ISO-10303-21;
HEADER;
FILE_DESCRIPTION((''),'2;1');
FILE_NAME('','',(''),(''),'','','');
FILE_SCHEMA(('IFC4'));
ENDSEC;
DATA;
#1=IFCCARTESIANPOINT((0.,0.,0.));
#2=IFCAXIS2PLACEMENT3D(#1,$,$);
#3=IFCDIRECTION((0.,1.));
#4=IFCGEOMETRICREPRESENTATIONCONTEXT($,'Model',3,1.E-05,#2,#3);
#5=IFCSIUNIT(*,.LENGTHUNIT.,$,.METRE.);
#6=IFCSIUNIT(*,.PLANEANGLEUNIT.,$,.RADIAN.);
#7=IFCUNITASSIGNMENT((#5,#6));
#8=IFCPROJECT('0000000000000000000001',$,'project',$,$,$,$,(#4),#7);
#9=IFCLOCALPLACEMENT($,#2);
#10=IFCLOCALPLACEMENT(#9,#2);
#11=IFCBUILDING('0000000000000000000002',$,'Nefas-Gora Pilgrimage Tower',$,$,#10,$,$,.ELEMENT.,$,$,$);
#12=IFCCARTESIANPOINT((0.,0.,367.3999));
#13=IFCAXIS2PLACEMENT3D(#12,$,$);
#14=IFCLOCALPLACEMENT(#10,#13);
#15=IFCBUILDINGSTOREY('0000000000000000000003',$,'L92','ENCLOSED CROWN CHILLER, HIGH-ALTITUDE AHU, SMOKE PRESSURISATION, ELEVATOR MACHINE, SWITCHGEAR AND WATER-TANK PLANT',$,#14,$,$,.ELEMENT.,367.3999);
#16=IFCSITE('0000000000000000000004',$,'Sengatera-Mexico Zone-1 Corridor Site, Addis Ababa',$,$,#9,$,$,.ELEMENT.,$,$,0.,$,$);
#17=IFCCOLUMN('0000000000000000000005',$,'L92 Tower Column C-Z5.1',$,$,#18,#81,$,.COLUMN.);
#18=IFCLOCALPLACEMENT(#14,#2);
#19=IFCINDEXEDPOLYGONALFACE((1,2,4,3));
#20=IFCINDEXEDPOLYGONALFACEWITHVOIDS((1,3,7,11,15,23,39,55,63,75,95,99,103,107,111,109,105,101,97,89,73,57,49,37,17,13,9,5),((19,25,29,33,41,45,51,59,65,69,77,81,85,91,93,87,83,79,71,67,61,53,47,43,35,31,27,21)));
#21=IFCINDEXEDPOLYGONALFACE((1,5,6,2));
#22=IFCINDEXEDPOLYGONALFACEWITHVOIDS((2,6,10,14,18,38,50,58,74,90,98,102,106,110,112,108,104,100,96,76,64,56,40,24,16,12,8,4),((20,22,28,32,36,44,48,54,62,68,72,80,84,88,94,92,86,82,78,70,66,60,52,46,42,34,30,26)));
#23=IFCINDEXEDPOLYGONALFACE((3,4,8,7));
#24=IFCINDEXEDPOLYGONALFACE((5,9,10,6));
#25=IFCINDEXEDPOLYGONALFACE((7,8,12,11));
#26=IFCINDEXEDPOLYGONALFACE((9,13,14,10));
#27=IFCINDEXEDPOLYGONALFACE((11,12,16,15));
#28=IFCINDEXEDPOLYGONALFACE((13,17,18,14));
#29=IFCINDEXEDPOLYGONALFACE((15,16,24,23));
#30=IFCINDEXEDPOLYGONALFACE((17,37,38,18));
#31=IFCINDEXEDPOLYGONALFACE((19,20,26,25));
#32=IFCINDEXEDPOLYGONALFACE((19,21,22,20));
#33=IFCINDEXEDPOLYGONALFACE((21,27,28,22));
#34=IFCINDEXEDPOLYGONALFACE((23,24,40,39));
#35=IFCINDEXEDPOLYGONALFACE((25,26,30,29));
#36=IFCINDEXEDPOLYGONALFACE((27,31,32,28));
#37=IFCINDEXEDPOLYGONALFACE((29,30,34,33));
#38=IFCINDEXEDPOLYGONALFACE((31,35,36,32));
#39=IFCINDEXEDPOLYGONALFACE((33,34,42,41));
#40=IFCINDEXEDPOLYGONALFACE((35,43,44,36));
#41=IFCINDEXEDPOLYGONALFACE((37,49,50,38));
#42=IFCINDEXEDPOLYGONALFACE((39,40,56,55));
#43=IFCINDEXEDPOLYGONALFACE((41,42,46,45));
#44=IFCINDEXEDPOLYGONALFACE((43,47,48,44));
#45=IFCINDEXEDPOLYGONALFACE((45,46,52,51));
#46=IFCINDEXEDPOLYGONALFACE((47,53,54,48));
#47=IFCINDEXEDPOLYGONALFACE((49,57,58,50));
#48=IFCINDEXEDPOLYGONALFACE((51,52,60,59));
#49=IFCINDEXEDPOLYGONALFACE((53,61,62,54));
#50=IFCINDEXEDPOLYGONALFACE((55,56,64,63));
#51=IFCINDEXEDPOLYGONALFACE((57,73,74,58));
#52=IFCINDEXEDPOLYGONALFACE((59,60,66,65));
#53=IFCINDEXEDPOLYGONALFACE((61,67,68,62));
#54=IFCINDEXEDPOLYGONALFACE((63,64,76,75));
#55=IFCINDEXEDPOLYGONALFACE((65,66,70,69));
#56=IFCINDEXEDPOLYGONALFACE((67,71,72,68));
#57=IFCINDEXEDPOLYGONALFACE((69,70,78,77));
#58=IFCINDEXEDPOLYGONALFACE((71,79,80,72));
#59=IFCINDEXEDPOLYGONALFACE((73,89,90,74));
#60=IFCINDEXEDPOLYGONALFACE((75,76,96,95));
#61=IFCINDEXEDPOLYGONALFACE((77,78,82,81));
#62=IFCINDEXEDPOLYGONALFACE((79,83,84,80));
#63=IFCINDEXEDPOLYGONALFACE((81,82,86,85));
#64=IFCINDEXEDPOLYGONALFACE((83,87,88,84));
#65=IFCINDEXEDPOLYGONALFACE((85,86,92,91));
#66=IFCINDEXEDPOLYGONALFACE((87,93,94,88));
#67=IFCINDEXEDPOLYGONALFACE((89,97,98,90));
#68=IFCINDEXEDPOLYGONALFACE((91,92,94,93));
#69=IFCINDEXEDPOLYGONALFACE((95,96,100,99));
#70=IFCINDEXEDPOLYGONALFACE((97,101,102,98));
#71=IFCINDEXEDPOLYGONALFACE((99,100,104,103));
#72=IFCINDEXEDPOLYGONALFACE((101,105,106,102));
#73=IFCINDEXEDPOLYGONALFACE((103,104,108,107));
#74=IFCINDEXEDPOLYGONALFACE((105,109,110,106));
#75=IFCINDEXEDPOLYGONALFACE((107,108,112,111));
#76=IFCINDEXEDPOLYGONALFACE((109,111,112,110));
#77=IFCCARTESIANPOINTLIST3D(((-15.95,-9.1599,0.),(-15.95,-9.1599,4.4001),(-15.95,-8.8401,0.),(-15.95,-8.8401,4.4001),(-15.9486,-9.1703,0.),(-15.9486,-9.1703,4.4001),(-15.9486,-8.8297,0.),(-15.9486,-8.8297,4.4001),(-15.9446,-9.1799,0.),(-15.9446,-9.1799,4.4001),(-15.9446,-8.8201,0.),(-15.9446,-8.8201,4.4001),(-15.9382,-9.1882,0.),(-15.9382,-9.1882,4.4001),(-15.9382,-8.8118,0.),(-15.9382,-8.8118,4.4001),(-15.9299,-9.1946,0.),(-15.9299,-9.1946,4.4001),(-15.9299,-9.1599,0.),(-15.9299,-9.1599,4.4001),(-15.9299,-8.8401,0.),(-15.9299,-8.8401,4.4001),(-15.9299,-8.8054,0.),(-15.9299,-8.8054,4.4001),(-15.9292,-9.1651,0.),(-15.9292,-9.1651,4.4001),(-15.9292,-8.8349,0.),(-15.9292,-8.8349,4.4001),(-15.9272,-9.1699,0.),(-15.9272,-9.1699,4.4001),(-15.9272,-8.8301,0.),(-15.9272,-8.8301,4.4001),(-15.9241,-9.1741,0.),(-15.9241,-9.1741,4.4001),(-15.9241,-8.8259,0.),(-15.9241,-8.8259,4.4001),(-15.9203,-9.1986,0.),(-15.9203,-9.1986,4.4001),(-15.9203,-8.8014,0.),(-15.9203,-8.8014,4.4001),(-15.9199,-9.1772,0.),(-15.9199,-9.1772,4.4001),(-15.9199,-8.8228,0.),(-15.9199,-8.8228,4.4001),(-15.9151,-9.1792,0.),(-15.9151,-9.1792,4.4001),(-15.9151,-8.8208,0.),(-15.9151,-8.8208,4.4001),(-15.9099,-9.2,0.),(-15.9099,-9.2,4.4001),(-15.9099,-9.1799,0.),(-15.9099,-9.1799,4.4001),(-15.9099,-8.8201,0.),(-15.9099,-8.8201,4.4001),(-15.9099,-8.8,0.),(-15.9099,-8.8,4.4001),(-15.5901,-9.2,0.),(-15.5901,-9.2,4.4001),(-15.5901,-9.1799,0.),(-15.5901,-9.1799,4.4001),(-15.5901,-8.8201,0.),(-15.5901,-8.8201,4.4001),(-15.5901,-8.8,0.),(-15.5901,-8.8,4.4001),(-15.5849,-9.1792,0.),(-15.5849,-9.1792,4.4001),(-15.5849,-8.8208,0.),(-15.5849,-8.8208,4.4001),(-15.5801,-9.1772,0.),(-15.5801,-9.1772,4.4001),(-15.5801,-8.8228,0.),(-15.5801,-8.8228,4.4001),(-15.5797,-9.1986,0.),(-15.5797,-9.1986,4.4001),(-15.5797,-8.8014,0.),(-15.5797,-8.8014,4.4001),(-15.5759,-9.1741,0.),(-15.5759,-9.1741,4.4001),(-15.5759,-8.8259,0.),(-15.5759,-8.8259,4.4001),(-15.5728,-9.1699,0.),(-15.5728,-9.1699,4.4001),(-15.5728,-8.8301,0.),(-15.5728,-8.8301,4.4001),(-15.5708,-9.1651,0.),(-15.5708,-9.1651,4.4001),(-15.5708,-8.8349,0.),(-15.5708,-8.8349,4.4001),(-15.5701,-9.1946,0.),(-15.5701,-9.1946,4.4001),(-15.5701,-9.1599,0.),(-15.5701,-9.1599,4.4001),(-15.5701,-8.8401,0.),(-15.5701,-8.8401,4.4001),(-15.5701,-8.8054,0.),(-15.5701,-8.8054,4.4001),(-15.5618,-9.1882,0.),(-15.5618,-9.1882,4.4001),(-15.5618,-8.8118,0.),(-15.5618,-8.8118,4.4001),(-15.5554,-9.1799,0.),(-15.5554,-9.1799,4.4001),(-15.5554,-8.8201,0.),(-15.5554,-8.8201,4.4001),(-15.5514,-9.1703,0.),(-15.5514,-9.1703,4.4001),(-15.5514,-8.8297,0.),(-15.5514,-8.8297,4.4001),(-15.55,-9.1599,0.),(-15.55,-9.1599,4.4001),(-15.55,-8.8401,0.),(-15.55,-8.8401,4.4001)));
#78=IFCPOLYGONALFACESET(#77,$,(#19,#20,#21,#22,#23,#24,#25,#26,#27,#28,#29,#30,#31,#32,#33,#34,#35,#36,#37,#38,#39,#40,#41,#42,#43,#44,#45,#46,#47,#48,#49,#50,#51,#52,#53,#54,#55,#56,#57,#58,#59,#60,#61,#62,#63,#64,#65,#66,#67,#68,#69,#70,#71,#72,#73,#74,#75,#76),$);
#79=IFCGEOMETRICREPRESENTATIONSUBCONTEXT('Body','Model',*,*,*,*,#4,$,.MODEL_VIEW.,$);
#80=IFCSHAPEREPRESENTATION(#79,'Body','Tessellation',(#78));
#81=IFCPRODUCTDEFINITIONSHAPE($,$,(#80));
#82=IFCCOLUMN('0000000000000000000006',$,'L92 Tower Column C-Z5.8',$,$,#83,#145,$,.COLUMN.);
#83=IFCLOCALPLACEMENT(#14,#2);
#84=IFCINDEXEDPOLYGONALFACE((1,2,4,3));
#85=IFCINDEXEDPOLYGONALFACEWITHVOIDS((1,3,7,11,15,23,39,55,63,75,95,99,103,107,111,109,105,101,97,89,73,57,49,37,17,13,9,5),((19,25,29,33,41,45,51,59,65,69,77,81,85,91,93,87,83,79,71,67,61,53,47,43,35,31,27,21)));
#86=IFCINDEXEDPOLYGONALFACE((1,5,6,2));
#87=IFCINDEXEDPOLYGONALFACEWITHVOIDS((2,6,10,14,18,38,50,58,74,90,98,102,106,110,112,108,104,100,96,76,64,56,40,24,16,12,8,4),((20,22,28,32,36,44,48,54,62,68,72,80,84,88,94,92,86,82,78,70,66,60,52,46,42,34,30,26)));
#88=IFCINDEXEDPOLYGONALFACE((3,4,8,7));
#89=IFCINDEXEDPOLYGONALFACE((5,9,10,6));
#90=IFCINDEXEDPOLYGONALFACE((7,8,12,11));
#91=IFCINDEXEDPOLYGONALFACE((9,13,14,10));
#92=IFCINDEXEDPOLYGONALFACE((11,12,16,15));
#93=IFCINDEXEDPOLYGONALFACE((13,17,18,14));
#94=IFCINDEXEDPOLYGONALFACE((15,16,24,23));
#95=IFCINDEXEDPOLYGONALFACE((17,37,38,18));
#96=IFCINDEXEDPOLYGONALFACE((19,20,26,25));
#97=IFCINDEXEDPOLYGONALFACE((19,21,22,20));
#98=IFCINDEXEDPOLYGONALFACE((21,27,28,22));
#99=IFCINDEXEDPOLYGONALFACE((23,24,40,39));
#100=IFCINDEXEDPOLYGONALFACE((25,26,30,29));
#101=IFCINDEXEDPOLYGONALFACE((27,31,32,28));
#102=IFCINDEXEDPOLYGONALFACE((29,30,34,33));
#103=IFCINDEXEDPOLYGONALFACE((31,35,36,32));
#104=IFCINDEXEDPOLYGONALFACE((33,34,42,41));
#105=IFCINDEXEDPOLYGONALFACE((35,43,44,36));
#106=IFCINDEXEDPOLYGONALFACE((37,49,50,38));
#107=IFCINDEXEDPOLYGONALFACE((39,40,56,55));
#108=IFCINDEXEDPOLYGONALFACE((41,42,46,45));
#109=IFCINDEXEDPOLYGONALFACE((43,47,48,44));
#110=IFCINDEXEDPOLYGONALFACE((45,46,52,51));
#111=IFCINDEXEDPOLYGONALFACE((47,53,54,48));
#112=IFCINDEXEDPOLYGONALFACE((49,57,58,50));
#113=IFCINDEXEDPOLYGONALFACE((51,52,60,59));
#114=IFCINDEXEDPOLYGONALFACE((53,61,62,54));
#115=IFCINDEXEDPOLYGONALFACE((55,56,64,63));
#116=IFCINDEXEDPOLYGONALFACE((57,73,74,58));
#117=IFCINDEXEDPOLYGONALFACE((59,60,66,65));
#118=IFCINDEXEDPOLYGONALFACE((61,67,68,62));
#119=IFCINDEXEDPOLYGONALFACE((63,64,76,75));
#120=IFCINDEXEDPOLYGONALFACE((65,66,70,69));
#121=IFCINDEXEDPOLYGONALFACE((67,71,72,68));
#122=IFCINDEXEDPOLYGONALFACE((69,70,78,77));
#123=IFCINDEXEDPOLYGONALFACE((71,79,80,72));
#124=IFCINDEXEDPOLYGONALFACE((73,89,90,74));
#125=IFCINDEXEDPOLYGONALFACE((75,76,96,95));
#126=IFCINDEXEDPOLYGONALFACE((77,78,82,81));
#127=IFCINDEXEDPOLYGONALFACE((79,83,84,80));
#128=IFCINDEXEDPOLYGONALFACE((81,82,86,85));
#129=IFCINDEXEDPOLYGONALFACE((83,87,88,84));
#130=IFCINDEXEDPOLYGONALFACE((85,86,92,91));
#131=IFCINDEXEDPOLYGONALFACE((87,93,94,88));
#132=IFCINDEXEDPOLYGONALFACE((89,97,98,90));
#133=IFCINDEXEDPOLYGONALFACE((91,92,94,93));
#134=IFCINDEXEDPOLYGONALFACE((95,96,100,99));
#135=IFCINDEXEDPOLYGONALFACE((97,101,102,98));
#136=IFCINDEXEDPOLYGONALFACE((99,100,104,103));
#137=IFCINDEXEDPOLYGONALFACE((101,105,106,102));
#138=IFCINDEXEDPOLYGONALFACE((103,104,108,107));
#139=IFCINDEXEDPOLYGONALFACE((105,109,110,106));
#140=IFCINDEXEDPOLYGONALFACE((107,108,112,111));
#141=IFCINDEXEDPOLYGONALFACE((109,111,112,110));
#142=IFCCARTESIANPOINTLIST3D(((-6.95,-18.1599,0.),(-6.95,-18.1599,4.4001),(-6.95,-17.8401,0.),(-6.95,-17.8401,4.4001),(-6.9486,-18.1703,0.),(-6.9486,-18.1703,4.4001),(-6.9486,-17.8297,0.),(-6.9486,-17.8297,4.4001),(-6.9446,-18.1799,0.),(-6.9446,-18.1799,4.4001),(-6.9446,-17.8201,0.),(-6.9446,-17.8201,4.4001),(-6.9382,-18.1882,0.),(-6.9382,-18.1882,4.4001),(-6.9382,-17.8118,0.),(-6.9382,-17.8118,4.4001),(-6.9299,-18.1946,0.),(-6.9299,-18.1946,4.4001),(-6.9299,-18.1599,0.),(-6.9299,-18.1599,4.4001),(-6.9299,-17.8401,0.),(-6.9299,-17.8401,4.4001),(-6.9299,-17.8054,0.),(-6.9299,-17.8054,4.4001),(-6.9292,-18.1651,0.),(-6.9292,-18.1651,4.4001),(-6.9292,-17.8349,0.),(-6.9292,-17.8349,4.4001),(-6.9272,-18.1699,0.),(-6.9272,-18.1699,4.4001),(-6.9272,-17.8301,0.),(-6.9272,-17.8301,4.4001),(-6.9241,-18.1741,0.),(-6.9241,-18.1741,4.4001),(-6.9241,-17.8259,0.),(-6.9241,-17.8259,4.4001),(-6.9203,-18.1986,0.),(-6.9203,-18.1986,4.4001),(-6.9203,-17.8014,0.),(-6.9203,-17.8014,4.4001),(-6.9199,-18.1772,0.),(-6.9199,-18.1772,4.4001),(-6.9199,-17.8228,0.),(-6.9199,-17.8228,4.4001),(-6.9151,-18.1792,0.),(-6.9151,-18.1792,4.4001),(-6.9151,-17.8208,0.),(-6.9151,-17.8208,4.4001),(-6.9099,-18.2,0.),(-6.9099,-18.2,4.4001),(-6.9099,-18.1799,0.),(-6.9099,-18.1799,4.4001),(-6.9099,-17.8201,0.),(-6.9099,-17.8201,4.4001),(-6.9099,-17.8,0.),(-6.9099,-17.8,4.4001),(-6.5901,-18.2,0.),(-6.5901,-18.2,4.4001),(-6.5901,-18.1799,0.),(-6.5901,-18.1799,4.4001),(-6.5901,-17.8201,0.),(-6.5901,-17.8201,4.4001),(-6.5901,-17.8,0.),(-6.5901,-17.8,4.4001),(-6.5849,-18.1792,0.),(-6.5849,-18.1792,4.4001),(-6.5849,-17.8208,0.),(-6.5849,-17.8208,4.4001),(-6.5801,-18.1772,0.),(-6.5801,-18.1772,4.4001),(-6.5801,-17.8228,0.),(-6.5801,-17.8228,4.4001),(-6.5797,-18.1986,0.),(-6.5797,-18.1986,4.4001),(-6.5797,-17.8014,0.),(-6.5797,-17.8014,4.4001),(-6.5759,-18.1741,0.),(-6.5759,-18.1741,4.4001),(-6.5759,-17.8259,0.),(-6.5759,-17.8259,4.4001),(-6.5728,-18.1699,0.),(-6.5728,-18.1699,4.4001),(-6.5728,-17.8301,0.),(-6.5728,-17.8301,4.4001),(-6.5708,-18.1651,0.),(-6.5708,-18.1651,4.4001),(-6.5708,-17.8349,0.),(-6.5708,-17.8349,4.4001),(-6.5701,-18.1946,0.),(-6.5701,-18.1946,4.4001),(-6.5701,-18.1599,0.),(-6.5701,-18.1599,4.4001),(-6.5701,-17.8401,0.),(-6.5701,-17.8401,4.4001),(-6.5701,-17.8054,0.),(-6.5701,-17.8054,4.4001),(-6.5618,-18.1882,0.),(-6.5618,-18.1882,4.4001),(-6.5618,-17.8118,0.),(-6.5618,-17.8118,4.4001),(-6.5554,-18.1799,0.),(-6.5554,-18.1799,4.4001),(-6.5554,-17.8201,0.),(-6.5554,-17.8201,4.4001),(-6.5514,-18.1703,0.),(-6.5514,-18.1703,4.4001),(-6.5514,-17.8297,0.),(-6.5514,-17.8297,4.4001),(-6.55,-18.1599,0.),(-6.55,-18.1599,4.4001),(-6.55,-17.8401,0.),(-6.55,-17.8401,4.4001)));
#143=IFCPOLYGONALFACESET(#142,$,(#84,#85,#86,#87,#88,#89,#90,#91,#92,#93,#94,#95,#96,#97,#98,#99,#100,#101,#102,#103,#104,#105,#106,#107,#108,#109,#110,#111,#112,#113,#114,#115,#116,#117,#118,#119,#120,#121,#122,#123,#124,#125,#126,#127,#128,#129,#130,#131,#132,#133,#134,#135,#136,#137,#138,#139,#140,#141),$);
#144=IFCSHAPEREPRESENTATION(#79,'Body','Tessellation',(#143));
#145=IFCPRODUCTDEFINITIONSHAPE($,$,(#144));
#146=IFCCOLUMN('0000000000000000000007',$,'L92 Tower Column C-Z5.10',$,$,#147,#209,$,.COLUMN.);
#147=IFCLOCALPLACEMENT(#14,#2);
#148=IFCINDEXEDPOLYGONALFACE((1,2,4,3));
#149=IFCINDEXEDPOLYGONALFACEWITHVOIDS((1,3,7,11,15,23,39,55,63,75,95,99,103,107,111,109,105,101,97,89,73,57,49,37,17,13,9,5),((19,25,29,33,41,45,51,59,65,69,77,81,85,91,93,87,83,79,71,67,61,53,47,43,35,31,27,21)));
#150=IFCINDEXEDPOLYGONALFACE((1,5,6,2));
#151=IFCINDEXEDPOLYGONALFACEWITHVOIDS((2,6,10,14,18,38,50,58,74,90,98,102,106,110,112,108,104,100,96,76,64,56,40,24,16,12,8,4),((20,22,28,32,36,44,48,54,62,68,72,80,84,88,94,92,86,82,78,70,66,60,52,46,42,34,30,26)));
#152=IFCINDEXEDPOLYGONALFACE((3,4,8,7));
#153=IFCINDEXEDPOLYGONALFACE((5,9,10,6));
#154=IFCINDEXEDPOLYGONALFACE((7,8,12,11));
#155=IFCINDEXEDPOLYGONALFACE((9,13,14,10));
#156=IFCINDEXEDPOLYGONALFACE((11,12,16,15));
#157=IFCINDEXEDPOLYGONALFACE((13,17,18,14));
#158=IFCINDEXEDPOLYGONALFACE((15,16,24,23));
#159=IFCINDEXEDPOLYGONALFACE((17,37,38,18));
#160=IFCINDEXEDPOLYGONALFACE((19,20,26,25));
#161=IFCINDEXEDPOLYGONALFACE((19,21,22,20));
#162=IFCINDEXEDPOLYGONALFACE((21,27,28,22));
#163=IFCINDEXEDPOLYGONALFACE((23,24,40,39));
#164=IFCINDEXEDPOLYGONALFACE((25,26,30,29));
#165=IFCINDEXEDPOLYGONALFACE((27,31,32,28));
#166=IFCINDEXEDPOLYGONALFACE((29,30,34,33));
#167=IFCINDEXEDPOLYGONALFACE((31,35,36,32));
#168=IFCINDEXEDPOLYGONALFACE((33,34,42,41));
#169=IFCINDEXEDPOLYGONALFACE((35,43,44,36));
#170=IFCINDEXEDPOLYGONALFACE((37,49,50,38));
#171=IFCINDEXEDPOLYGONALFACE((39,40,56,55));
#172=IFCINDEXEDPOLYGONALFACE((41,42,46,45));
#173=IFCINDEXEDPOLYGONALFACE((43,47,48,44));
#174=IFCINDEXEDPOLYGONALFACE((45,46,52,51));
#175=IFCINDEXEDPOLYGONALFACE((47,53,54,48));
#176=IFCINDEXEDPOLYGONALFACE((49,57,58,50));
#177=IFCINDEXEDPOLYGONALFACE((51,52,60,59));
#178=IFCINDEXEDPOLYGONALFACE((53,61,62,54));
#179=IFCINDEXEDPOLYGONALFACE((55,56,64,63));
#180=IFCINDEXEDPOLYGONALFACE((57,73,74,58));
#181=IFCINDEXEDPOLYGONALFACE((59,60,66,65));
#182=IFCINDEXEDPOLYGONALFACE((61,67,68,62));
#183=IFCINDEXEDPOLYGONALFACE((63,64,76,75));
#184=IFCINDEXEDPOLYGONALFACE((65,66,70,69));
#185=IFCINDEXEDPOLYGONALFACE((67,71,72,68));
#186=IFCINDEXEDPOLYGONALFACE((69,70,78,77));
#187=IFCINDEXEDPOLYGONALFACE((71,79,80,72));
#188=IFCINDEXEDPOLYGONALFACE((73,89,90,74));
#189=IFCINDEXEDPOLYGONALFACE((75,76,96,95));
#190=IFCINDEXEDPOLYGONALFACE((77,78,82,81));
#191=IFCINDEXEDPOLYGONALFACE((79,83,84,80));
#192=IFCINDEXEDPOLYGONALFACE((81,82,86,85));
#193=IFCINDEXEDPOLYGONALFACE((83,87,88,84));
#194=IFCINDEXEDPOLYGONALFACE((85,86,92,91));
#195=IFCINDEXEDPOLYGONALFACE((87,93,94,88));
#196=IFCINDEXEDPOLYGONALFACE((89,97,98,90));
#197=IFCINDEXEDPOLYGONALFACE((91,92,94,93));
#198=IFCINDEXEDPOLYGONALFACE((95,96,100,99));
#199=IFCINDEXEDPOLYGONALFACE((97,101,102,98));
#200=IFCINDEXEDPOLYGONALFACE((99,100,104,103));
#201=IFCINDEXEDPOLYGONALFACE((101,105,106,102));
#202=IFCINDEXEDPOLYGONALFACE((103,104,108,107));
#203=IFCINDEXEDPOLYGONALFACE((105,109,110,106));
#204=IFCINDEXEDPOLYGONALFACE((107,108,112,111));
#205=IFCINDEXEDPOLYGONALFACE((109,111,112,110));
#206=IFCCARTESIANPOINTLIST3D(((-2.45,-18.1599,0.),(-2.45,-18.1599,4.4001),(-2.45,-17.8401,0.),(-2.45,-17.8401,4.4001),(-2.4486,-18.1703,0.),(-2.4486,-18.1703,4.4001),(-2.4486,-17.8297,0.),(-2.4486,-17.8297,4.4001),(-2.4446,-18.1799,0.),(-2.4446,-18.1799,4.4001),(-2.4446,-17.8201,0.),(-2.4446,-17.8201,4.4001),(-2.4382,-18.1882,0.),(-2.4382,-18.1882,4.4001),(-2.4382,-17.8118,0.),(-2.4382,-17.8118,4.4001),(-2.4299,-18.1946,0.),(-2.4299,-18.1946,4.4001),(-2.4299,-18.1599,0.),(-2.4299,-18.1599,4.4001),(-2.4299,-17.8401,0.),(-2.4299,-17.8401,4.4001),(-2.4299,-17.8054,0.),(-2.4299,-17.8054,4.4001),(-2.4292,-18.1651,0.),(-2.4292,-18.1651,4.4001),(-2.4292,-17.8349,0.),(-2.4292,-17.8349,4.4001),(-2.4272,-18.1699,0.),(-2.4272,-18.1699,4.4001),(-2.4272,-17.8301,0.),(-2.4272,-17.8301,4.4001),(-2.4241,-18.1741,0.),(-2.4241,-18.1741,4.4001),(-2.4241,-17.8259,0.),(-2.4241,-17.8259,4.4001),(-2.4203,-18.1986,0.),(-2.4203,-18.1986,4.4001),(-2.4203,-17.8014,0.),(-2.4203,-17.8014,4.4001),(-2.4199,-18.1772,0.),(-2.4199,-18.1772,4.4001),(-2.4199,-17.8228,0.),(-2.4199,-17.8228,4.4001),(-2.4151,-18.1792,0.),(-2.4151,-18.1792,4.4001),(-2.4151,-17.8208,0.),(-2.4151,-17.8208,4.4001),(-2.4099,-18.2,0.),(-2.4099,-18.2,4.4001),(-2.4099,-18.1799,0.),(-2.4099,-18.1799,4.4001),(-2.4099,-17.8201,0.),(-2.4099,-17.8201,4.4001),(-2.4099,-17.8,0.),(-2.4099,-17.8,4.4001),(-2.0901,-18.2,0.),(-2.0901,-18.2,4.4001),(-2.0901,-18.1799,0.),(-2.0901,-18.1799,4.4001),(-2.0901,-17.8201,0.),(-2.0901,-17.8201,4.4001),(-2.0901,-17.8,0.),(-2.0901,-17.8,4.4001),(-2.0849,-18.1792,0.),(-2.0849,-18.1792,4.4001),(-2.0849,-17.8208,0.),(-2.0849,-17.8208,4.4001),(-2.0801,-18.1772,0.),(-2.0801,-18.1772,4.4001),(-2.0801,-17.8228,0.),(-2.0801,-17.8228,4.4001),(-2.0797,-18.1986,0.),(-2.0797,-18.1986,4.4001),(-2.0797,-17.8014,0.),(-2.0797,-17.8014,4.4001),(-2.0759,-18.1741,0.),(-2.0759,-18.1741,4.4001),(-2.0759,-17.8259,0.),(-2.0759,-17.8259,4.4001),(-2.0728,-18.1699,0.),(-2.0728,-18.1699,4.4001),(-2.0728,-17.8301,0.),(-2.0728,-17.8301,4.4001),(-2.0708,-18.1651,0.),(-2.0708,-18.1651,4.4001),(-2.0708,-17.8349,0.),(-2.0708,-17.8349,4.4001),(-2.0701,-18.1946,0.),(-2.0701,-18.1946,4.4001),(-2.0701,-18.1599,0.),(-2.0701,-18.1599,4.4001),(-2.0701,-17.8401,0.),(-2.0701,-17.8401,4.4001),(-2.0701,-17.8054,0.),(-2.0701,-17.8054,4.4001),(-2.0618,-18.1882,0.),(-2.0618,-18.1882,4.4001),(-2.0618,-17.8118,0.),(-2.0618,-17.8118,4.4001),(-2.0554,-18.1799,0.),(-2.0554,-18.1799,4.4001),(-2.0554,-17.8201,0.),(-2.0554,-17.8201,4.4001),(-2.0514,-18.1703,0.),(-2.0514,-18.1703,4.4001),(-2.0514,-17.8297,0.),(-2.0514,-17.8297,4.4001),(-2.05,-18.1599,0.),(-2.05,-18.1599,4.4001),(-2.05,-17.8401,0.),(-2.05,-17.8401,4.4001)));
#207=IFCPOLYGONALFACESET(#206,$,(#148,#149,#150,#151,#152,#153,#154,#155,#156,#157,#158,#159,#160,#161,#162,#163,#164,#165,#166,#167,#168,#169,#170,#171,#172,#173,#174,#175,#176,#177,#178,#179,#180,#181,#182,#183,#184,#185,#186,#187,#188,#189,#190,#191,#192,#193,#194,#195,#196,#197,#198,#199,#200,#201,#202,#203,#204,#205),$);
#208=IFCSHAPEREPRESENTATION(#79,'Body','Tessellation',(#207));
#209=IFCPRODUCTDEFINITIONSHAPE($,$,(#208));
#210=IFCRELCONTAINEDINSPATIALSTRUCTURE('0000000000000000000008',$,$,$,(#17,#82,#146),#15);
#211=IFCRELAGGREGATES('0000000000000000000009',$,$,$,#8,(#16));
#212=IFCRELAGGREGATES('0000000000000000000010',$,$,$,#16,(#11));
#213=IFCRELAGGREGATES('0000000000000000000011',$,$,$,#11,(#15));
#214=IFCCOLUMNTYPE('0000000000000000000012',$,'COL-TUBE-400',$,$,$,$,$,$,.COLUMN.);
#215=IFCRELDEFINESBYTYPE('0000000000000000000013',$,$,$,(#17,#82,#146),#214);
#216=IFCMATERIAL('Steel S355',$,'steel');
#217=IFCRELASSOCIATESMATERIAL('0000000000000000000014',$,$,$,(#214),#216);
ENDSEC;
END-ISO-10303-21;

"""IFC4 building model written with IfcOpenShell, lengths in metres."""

from ifc_helpers import new_model, si_unit, direction, frame, origin, origin_2d, place, context, subcontext, project, spatial, hollow_rectangle, extrude, source, transform, mapped, material, material_profile, profile_set, type_object, element, save


model = new_model("IFC4")

# Units and contexts
model_context = context("Model", 3, precision=1e-05, world=origin(), true_north=direction((0.0, 1.0)))
body_context = subcontext(model_context, "Body", "Model", "MODEL_VIEW")
ifc_project = project(units=[si_unit("LENGTHUNIT", "METRE"), si_unit("PLANEANGLEUNIT", "RADIAN")], contexts=[model_context])

# Site, building, storey
site_placement = place(None, origin())
site = spatial("IfcSite", under=ifc_project, at=site_placement, Name="Sengatera-Mexico Zone-1 Corridor Site, Addis Ababa", CompositionType="ELEMENT", RefElevation=0.0)
building_placement = place(site_placement, origin())
building = spatial("IfcBuilding", under=site, at=building_placement, Name="Nefas-Gora Pilgrimage Tower", CompositionType="ELEMENT")
storey_placement = place(building_placement, frame((0.0, 0.0, 367.3999)))
storey = spatial("IfcBuildingStorey", under=building, at=storey_placement, Name="L92", Description="ENCLOSED CROWN CHILLER, HIGH-ALTITUDE AHU, SMOKE PRESSURISATION, ELEVATOR MACHINE, SWITCHGEAR AND WATER-TANK PLANT", CompositionType="ELEMENT", Elevation=367.3999)

# Columns
ifc_material_1 = material(Name="Steel S355", Category="steel")
ifc_material_profile_1 = material_profile(ifc_material_1, hollow_rectangle(XDim=0.3999, YDim=0.3999, WallThickness=0.02, InnerFilletRadius=0.02, OuterFilletRadius=0.04, at=origin_2d()), Name="SHS 400x400x20")
ifc_profile_set_1 = profile_set([ifc_material_profile_1], Name="Steel S355")
column_type = type_object("IfcColumnType", Name="COL-TUBE-400", PredefinedType="COLUMN", material=ifc_profile_set_1)
shared_shape_1 = source(origin(), body_context, "Body", "SweptSolid", [
    extrude(hollow_rectangle(XDim=0.3999, YDim=0.3999, WallThickness=0.02, InnerFilletRadius=0.02, OuterFilletRadius=0.04, at=origin_2d()), origin(), (0.0, 0.0, 1.0), 4.4001),
])
for number, where, z_axis, x_axis, name in (
    (1, (-15.75, -9.0, 0.0), (0.0, 0.0, 1.0), (1.0, 0.0, 0.0), "L92 Tower Column C-Z5.1"),
    (2, (-6.75, -18.0, 0.0), (0.0, 0.0, 1.0), (1.0, 0.0, 0.0), "L92 Tower Column C-Z5.8"),
    (3, (-2.25, -18.0, 0.0), (0.0, 0.0, 1.0), (1.0, 0.0, 0.0), "L92 Tower Column C-Z5.10"),
):
    element("IfcColumn", number, at=place(storey_placement, frame(where, z_axis=z_axis, x_axis=x_axis)), inside=storey, type_object=column_type, Name=name, PredefinedType="COLUMN", context=body_context, shape_type="MappedRepresentation", body=[
        mapped(shared_shape_1, transform((0.0, 0.0, 0.0), x_axis=(1.0, 0.0, 0.0), y_axis=(0.0, 1.0, 0.0), z_axis=(0.0, 0.0, 1.0), scale=1.0)),
    ])

save(model, "model.ifc")
